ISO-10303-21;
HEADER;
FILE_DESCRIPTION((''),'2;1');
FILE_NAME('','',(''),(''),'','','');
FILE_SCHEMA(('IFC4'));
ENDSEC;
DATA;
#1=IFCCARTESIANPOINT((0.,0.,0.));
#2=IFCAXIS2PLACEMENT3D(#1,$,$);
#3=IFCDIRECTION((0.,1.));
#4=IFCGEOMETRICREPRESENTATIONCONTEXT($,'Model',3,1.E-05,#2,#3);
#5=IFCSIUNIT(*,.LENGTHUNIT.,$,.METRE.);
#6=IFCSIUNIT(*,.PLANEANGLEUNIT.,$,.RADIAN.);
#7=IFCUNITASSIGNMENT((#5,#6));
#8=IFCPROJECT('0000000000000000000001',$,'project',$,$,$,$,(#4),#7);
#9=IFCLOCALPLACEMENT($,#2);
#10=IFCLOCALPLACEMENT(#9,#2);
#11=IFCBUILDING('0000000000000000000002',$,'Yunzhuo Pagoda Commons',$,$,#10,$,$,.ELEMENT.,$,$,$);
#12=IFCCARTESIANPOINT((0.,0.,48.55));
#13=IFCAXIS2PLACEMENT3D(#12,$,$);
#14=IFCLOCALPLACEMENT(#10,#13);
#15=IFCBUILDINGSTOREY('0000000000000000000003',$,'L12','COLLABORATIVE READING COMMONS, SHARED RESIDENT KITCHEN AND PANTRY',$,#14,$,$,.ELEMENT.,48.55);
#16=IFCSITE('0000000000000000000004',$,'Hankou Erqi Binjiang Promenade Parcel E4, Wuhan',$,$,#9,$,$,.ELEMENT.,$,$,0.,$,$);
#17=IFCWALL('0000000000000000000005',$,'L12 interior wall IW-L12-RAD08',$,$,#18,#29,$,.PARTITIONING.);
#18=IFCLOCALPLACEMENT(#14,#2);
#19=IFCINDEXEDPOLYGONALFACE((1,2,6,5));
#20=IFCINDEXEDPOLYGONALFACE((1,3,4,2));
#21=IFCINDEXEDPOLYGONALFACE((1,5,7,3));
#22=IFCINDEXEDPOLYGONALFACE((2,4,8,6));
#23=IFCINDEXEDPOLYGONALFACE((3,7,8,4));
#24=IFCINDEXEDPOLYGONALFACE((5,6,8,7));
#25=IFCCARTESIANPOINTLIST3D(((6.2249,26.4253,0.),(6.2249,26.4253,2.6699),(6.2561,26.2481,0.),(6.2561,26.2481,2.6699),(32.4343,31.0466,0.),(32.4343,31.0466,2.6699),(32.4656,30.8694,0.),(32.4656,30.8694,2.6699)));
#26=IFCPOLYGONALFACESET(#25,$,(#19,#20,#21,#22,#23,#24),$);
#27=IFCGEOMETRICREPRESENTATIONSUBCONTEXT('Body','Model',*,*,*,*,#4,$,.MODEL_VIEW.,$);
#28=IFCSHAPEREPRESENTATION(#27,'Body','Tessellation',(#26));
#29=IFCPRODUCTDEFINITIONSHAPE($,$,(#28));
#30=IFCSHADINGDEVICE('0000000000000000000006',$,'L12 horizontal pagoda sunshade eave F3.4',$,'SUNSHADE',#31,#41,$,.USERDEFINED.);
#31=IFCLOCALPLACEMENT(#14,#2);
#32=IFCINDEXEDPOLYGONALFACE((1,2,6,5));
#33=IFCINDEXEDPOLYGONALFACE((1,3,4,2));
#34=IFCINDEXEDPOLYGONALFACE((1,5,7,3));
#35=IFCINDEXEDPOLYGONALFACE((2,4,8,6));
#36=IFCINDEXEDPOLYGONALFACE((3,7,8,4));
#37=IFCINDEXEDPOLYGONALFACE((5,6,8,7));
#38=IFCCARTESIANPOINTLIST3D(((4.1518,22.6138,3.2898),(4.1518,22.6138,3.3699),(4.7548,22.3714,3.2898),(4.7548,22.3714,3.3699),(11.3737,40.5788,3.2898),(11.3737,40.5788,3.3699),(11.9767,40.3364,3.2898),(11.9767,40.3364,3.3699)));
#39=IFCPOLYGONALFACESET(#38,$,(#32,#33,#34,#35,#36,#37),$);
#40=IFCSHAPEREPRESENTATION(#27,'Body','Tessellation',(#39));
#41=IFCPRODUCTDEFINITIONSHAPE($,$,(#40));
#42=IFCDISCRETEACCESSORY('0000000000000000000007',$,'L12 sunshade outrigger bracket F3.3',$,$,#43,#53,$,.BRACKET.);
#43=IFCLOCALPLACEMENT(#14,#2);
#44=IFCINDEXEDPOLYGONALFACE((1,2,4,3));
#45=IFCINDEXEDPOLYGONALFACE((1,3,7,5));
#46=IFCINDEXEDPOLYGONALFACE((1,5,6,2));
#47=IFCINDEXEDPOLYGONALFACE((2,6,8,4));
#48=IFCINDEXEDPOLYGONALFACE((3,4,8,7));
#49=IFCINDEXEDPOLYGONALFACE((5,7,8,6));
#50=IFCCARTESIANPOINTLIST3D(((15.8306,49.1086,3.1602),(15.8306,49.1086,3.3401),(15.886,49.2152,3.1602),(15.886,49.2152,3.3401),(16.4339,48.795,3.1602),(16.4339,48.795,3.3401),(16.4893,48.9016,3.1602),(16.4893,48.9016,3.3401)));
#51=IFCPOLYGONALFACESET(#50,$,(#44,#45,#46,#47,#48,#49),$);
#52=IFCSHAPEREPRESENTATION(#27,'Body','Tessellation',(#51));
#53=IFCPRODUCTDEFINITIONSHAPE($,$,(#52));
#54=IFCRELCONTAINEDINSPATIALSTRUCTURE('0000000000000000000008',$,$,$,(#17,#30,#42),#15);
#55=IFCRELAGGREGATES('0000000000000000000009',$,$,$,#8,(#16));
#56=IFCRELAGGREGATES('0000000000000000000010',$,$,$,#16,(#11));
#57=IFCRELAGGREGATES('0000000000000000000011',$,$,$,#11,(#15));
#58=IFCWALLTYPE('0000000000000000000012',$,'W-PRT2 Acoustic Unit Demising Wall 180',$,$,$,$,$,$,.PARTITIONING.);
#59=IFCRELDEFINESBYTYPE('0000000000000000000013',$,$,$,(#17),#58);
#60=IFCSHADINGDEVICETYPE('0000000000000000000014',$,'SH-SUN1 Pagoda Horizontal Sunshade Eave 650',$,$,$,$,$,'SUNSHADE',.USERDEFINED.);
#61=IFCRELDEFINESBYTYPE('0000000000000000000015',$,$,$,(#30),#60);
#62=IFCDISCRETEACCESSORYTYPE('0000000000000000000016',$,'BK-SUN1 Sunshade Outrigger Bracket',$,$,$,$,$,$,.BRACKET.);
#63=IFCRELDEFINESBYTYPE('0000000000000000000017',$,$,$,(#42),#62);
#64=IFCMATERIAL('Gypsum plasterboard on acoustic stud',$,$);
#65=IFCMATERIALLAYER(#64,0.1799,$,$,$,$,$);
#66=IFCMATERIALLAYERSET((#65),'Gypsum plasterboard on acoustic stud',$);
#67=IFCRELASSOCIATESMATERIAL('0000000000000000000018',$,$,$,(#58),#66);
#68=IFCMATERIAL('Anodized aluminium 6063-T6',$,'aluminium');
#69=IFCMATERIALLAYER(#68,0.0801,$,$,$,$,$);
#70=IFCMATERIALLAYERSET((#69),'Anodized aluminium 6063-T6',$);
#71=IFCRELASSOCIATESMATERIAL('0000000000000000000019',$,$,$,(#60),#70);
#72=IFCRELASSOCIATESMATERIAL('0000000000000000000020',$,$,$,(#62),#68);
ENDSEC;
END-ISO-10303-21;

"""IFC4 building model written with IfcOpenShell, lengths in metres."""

from ifc_helpers import new_model, si_unit, direction, frame, frame_2d, origin, origin_2d, place, context, subcontext, project, spatial, rectangle, extrude, source, transform, mapped, material, layer, layer_set, type_object, element, save


model = new_model("IFC4")

# Units and contexts
model_context = context("Model", 3, precision=1e-05, world=origin(), true_north=direction((0.0, 1.0)))
body_context = subcontext(model_context, "Body", "Model", "MODEL_VIEW")
ifc_project = project(units=[si_unit("LENGTHUNIT", "METRE"), si_unit("PLANEANGLEUNIT", "RADIAN")], contexts=[model_context])

# Site, building, storey
site_placement = place(None, origin())
site = spatial("IfcSite", under=ifc_project, at=site_placement, Name="Hankou Erqi Binjiang Promenade Parcel E4, Wuhan", CompositionType="ELEMENT", RefElevation=0.0)
building_placement = place(site_placement, origin())
building = spatial("IfcBuilding", under=site, at=building_placement, Name="Yunzhuo Pagoda Commons", CompositionType="ELEMENT")
storey_placement = place(building_placement, frame((0.0, 0.0, 48.55)))
storey = spatial("IfcBuildingStorey", under=building, at=storey_placement, Name="L12", Description="COLLABORATIVE READING COMMONS, SHARED RESIDENT KITCHEN AND PANTRY", CompositionType="ELEMENT", Elevation=48.55)

# Shared definitions
ifc_material_1 = material(Name="Anodized aluminium 6063-T6", Category="aluminium")

# Shared definitions
ifc_material_2 = material(Name="Gypsum plasterboard on acoustic stud")

# Wall
ifc_layer_1 = layer(ifc_material_2, 0.1799)
ifc_layer_set_1 = layer_set([ifc_layer_1], Name="Gypsum plasterboard on acoustic stud")
wall_type_1 = type_object("IfcWallType", Name="W-PRT2 Acoustic Unit Demising Wall 180", PredefinedType="PARTITIONING", material=ifc_layer_set_1)
wall_1_placement = place(storey_placement, frame((32.45, 30.958, 0.0), z_axis=(0.0, 0.0, 1.0), x_axis=(-0.984808, -0.173645, 0.0)))
element("IfcWall", 1, at=wall_1_placement, inside=storey, type_object=wall_type_1, Name="L12 interior wall IW-L12-RAD08", PredefinedType="PARTITIONING", context=body_context, shape_type="SweptSolid", body=[
    extrude(rectangle(XDim=26.6138, YDim=0.1799, at=frame_2d((13.3069, 0.0))), origin(), (0.0, 0.0, 1.0), 2.6699),
])

# Shading device
ifc_layer_2 = layer(ifc_material_1, 0.0801)
ifc_layer_set_2 = layer_set([ifc_layer_2], Name="Anodized aluminium 6063-T6")
shading_device_type = type_object("IfcShadingDeviceType", Name="SH-SUN1 Pagoda Horizontal Sunshade Eave 650", ElementType="SUNSHADE", PredefinedType="USERDEFINED", material=ifc_layer_set_2)
shared_shape_1 = source(origin(), body_context, "Body", "SweptSolid", [
    extrude(rectangle(XDim=19.3623, YDim=0.6499, at=origin_2d()), origin(), (0.0, 0.0, 1.0), 0.0801),
])
shading_device_placement = place(storey_placement, frame((8.0642, 31.4751, 3.2898), z_axis=(0.0, 0.0, 1.0), x_axis=(-0.372988, -0.927836, 0.0)))
element("IfcShadingDevice", 2, at=shading_device_placement, inside=storey, type_object=shading_device_type, Name="L12 horizontal pagoda sunshade eave F3.4", ObjectType="SUNSHADE", PredefinedType="USERDEFINED", context=body_context, shape_type="MappedRepresentation", body=[
    mapped(shared_shape_1, transform((0.0, 0.0, 0.0), scale=1.0)),
])

# Discrete accessory
discrete_accessory_type = type_object("IfcDiscreteAccessoryType", Name="BK-SUN1 Sunshade Outrigger Bracket", PredefinedType="BRACKET", material=ifc_material_1)
shared_shape_2 = source(origin(), body_context, "Body", "SweptSolid", [
    extrude(rectangle(XDim=0.1201, YDim=0.6799, at=origin_2d()), origin(), (0.0, 0.0, 1.0), 0.1799),
])
discrete_accessory_placement = place(storey_placement, frame((16.1599, 49.0051, 3.1602), z_axis=(0.0, 0.0, 1.0), x_axis=(-0.461207, -0.887293, 0.0)))
element("IfcDiscreteAccessory", 3, at=discrete_accessory_placement, inside=storey, type_object=discrete_accessory_type, Name="L12 sunshade outrigger bracket F3.3", PredefinedType="BRACKET", context=body_context, shape_type="MappedRepresentation", body=[
    mapped(shared_shape_2, transform((0.0, 0.0, 0.0), scale=1.0)),
])

save(model, "model.ifc")
